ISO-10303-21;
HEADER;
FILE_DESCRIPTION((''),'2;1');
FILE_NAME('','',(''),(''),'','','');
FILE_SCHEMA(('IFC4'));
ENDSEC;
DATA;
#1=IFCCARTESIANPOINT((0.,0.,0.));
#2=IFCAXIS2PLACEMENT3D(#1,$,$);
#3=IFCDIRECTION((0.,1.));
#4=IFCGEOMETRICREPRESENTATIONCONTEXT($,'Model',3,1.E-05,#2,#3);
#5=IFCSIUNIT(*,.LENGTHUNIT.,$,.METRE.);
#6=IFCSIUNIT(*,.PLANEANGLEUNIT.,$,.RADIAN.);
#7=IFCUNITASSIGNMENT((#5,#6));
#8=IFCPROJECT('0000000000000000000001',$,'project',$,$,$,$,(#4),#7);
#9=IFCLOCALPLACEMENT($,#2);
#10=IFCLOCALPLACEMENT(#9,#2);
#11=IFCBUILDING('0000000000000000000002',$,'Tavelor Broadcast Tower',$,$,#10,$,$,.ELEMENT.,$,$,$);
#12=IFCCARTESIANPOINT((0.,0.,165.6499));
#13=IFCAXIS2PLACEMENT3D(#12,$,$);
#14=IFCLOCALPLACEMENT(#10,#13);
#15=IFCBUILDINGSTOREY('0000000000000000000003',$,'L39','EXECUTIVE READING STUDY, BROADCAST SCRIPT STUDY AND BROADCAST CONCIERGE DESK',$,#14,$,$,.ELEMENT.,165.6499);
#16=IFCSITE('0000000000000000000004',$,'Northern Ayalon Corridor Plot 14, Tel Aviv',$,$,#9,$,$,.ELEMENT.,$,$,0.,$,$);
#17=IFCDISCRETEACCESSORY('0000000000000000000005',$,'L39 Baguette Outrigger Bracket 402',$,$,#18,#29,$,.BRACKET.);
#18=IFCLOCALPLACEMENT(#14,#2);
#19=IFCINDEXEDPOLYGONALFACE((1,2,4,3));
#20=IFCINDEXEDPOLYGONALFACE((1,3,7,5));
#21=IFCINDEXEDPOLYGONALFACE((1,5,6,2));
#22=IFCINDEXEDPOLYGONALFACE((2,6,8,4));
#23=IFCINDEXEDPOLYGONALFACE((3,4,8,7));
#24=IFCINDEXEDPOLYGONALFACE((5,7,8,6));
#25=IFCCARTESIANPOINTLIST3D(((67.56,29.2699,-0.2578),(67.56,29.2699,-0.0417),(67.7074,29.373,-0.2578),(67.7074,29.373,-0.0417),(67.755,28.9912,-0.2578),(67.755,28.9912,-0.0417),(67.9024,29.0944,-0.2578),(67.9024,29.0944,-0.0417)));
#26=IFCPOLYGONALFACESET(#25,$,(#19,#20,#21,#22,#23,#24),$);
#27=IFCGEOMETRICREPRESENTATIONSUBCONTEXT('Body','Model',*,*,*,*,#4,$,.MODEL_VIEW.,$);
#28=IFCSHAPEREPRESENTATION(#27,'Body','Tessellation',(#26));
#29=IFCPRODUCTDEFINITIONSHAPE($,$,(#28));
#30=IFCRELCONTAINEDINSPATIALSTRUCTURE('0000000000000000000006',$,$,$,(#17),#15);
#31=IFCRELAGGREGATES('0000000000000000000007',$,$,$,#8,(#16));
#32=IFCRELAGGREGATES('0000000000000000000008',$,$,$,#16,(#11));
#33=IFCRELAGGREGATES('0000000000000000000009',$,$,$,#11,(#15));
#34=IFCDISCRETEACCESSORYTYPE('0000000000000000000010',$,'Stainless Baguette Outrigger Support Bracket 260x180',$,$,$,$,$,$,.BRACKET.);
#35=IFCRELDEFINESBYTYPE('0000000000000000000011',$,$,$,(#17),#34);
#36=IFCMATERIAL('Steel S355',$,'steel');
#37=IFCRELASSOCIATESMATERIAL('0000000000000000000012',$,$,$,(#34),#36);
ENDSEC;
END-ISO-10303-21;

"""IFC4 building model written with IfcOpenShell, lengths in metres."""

from ifc_helpers import new_model, si_unit, direction, frame, origin, origin_2d, place, context, subcontext, project, spatial, rectangle, extrude, source, transform, mapped, material, type_object, type_shapes, element, save


model = new_model("IFC4")

# Units and contexts
model_context = context("Model", 3, precision=1e-05, world=origin(), true_north=direction((0.0, 1.0)))
body_context = subcontext(model_context, "Body", "Model", "MODEL_VIEW")
ifc_project = project(units=[si_unit("LENGTHUNIT", "METRE"), si_unit("PLANEANGLEUNIT", "RADIAN")], contexts=[model_context])

# Site, building, storey
site_placement = place(None, origin())
site = spatial("IfcSite", under=ifc_project, at=site_placement, Name="Northern Ayalon Corridor Plot 14, Tel Aviv", CompositionType="ELEMENT", RefElevation=0.0)
building_placement = place(site_placement, origin())
building = spatial("IfcBuilding", under=site, at=building_placement, Name="Tavelor Broadcast Tower", CompositionType="ELEMENT")
storey_placement = place(building_placement, frame((0.0, 0.0, 165.6499)))
storey = spatial("IfcBuildingStorey", under=building, at=storey_placement, Name="L39", Description="EXECUTIVE READING STUDY, BROADCAST SCRIPT STUDY AND BROADCAST CONCIERGE DESK", CompositionType="ELEMENT", Elevation=165.6499)

# Shared definitions
ifc_material_1 = material(Name="Steel S355", Category="steel")

# Discrete accessory
discrete_accessory_type = type_object("IfcDiscreteAccessoryType", Name="Stainless Baguette Outrigger Support Bracket 260x180", PredefinedType="BRACKET", material=ifc_material_1)
shared_shape_1 = source(origin(), body_context, "Body", "SweptSolid", [
    extrude(rectangle(XDim=0.1799, YDim=0.3401, at=origin_2d()), origin(), (0.0, 0.0, 1.0), 0.2161),
])
type_shapes(discrete_accessory_type, [shared_shape_1])
discrete_accessory_placement = place(storey_placement, frame((67.7312, 29.1821, -0.2578), z_axis=(0.0, 0.0, 1.0), x_axis=(0.819352, 0.57329, 0.0)))
element("IfcDiscreteAccessory", 1, at=discrete_accessory_placement, inside=storey, type_object=discrete_accessory_type, Name="L39 Baguette Outrigger Bracket 402", PredefinedType="BRACKET", context=body_context, shape_type="MappedRepresentation", body=[
    mapped(shared_shape_1, transform((0.0, 0.0, 0.0), scale=1.0)),
])

save(model, "model.ifc")
